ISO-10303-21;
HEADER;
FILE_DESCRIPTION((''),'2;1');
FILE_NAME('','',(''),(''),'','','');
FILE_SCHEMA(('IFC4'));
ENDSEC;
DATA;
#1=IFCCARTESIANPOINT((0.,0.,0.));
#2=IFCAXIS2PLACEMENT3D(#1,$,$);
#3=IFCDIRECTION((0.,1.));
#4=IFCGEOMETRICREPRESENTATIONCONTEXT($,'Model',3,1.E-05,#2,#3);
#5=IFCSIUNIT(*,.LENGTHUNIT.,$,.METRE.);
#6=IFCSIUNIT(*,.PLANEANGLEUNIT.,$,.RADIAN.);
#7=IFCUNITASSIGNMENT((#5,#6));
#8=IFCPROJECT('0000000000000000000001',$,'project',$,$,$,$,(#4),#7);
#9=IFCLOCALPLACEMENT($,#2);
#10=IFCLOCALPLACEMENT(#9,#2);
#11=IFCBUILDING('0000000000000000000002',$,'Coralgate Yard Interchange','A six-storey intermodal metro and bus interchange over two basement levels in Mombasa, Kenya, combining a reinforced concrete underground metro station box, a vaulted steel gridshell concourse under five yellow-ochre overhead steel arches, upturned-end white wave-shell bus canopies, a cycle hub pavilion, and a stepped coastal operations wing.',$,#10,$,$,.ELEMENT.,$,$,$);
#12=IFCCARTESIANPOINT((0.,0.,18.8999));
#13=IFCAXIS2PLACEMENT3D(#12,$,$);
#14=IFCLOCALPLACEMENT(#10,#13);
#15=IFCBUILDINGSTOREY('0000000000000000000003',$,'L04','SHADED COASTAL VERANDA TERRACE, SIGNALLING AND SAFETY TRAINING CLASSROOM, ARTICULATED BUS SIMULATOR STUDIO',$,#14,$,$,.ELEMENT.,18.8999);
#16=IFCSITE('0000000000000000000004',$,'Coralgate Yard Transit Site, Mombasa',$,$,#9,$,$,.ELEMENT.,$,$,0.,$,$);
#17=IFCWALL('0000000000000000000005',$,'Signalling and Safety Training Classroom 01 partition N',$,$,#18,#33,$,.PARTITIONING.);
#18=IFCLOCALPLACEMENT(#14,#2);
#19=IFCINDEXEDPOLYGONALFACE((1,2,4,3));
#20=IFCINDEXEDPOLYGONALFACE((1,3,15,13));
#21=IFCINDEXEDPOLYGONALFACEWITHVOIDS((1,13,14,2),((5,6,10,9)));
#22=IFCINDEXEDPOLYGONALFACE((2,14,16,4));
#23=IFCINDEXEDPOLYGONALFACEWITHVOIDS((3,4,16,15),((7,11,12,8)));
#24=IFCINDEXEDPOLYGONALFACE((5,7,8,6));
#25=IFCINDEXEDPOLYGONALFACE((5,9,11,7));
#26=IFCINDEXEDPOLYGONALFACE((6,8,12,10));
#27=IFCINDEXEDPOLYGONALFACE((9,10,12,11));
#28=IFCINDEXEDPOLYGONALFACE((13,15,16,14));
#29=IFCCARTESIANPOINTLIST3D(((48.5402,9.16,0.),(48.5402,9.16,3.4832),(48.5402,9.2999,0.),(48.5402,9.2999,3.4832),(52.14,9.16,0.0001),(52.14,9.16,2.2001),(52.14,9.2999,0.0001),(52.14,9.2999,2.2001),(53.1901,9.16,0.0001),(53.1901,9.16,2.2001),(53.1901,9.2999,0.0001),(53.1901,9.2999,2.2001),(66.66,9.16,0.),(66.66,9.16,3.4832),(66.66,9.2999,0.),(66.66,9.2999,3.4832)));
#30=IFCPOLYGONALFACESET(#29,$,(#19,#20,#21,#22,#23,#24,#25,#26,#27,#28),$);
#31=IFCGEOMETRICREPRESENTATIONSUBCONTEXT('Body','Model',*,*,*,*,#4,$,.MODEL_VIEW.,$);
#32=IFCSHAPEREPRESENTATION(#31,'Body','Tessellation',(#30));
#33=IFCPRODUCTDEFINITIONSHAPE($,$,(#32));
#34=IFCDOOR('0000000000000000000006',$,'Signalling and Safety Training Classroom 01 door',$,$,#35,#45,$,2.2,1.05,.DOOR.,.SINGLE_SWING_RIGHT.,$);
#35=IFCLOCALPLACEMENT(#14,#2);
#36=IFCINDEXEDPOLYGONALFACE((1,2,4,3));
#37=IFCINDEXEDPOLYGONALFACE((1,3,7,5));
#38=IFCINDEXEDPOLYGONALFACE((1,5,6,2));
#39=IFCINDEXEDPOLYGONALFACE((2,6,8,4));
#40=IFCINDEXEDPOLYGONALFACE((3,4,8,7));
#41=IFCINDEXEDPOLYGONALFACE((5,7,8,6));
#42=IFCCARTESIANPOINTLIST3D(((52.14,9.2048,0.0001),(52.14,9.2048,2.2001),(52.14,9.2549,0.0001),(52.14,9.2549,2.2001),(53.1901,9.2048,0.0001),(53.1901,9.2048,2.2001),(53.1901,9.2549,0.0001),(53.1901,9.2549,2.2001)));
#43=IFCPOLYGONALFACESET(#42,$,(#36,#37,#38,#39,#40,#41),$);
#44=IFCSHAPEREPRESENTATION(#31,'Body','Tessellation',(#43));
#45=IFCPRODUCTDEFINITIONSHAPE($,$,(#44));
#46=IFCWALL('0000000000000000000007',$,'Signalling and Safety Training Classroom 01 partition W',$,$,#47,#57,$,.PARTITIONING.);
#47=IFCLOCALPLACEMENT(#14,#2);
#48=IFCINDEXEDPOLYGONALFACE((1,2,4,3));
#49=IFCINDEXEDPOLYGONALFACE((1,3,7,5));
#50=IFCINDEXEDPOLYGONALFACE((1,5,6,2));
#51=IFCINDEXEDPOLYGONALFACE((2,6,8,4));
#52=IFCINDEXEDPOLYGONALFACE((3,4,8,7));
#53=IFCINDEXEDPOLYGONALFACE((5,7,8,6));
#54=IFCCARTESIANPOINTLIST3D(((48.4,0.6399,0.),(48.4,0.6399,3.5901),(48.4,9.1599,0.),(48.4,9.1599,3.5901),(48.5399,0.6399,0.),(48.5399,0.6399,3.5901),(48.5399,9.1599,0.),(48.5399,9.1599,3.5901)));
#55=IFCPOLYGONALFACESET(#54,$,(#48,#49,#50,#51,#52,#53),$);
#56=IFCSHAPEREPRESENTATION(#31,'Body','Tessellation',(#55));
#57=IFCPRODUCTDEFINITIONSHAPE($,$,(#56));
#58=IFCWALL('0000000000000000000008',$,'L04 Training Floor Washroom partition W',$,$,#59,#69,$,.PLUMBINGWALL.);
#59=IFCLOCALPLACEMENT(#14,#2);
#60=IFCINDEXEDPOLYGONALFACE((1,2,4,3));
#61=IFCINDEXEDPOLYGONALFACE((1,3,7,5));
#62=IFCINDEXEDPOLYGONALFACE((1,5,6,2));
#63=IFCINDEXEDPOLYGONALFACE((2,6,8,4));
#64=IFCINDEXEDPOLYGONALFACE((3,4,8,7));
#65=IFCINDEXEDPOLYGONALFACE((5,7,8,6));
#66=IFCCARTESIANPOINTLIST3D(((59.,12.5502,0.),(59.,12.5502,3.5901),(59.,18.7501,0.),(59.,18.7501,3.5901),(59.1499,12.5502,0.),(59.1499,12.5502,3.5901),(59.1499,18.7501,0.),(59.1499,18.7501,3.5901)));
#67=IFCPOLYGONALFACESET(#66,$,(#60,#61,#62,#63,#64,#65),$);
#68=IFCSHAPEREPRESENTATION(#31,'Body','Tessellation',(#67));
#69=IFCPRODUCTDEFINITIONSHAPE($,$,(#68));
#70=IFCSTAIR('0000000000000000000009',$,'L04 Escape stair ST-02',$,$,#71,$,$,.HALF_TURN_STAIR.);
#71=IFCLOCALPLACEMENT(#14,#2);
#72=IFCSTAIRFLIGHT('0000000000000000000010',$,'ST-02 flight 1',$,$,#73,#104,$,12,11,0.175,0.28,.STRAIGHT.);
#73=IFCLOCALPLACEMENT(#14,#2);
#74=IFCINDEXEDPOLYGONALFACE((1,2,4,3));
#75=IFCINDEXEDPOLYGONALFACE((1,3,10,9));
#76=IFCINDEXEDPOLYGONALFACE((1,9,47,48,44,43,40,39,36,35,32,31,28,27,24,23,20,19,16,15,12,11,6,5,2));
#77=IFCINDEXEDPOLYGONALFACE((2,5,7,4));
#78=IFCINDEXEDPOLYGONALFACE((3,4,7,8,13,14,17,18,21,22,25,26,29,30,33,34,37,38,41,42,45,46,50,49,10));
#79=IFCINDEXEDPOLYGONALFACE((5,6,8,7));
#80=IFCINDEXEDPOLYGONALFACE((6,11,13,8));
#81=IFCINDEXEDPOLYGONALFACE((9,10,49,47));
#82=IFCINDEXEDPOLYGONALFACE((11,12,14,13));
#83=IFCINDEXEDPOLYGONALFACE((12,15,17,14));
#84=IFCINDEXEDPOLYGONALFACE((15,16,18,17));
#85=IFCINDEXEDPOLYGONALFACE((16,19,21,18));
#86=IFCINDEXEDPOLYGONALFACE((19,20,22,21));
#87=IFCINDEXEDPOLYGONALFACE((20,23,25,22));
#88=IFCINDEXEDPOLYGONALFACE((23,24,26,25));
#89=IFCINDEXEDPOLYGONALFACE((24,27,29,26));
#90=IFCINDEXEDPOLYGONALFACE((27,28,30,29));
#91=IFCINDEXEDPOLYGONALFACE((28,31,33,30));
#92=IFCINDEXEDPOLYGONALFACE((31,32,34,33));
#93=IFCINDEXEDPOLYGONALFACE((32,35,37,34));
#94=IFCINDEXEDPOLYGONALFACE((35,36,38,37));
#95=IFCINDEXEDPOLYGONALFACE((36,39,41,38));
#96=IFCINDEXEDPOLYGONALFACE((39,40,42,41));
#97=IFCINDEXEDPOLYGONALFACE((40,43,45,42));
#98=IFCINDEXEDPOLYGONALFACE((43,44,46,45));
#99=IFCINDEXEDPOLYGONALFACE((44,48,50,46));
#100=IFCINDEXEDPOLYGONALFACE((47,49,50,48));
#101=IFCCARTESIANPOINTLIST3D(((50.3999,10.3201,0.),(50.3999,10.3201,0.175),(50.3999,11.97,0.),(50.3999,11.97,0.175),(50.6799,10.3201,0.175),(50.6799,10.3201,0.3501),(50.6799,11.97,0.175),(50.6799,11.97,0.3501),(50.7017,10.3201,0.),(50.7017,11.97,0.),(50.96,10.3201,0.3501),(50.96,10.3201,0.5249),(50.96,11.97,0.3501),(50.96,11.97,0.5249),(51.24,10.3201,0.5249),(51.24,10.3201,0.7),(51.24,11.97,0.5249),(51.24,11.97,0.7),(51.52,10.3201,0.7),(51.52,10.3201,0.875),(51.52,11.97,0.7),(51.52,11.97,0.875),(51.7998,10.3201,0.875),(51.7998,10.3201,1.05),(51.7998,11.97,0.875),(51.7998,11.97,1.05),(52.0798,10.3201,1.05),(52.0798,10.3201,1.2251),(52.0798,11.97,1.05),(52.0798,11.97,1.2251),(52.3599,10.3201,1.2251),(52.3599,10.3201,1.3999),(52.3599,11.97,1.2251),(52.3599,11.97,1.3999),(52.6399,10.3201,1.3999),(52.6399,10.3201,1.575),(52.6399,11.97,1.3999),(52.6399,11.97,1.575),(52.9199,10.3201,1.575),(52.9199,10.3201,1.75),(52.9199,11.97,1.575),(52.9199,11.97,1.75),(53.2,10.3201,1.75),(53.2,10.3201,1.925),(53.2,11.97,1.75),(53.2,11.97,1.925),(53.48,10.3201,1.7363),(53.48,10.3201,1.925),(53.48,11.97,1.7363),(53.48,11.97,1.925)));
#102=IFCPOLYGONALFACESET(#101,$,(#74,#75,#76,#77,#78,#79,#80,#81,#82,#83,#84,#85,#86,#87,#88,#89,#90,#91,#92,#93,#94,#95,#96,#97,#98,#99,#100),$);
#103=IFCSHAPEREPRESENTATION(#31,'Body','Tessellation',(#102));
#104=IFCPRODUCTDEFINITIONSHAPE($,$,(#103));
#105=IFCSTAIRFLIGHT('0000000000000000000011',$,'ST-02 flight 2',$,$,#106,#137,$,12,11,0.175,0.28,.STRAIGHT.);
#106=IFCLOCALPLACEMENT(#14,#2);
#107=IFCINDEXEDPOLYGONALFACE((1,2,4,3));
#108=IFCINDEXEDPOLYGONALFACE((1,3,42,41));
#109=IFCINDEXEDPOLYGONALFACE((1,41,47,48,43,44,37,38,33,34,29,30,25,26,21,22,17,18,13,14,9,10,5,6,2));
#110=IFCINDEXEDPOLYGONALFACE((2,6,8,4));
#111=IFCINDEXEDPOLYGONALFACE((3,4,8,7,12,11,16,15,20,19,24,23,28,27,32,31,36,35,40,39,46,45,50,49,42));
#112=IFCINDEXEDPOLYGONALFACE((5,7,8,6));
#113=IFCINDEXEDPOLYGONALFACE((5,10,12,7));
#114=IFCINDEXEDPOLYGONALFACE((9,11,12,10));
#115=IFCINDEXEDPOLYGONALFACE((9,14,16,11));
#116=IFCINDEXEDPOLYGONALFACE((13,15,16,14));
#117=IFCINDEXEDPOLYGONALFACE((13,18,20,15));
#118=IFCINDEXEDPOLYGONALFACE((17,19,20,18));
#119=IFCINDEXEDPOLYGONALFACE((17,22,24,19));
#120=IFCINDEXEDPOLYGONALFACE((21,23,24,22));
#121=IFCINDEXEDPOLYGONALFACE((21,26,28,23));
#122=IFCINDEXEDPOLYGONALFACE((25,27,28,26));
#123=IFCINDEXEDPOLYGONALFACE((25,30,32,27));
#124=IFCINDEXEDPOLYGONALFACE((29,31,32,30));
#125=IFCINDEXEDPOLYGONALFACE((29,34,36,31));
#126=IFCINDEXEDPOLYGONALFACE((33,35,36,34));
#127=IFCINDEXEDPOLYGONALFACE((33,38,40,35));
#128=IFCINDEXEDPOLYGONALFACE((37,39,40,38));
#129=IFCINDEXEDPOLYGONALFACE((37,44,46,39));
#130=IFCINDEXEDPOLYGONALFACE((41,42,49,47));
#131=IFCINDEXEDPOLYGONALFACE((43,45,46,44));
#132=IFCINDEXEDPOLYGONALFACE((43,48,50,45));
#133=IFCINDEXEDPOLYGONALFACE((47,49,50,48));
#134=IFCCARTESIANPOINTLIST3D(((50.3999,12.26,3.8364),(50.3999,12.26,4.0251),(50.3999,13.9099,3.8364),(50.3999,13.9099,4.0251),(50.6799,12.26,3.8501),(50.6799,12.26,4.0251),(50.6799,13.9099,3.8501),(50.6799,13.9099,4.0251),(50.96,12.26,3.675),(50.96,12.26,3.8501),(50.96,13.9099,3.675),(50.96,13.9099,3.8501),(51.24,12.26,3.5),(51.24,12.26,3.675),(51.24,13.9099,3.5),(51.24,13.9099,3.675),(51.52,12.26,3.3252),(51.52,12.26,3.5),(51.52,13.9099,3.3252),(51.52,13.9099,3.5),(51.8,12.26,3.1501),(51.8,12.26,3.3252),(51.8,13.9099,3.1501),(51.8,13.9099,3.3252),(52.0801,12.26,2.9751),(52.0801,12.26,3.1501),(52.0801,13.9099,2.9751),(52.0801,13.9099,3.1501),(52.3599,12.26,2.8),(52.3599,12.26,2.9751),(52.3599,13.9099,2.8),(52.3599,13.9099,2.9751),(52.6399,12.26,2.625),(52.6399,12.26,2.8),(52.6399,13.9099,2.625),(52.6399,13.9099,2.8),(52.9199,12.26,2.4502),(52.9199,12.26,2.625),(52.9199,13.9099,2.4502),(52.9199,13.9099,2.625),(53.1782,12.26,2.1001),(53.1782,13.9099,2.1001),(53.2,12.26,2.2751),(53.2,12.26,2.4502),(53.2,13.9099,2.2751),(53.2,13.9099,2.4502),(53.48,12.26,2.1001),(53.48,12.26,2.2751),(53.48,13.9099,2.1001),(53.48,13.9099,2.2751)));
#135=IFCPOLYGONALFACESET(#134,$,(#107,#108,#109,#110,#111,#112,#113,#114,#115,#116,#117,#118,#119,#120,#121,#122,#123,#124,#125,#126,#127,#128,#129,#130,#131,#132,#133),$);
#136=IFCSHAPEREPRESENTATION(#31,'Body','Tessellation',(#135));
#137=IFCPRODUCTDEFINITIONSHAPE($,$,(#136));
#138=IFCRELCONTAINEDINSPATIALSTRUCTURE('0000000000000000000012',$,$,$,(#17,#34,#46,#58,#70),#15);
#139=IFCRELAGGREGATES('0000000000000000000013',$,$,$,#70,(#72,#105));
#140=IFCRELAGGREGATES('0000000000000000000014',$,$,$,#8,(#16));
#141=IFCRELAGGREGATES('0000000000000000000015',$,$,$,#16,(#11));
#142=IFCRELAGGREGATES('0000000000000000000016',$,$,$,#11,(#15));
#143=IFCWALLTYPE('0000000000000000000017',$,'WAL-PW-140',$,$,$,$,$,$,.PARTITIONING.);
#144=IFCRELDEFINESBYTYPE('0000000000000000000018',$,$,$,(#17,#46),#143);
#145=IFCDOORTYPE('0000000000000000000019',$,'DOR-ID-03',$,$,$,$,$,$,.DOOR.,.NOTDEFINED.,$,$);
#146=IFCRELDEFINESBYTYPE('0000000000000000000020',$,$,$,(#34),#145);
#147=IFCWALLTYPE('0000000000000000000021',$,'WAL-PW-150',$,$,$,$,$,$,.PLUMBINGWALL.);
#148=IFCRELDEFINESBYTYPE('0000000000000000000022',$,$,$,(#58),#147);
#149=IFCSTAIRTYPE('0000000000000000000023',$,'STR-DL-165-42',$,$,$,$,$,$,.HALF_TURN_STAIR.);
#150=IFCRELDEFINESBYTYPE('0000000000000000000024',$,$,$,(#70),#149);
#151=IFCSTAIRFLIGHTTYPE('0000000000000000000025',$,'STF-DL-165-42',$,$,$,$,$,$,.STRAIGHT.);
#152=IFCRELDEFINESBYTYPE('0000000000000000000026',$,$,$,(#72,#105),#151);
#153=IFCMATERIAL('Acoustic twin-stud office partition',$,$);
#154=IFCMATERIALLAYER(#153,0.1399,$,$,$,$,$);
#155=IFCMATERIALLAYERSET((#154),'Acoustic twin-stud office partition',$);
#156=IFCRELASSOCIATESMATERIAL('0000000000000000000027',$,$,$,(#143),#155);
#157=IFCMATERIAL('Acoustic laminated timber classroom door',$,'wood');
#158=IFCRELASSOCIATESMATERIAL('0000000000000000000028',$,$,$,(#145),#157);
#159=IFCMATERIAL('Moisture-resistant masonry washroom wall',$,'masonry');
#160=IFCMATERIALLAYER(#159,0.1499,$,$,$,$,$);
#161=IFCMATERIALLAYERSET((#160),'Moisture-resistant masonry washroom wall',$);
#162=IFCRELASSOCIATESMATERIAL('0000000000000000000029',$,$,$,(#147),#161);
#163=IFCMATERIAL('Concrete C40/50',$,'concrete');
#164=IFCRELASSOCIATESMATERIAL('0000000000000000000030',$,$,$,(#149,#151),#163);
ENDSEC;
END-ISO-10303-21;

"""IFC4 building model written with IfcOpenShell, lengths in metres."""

from ifc_helpers import new_model, si_unit, direction, frame, frame_2d, origin, place, context, subcontext, project, spatial, polyline, rectangle, outline, extrude, material, layer, layer_set, type_object, element, fill, aggregate, save


model = new_model("IFC4")

# Units and contexts
model_context = context("Model", 3, precision=1e-05, world=origin(), true_north=direction((0.0, 1.0)))
body_context = subcontext(model_context, "Body", "Model", "MODEL_VIEW")
ifc_project = project(units=[si_unit("LENGTHUNIT", "METRE"), si_unit("PLANEANGLEUNIT", "RADIAN")], contexts=[model_context])

# Site, building, storey
site_placement = place(None, origin())
site = spatial("IfcSite", under=ifc_project, at=site_placement, Name="Coralgate Yard Transit Site, Mombasa", CompositionType="ELEMENT", RefElevation=0.0)
building_placement = place(site_placement, origin())
building = spatial("IfcBuilding", under=site, at=building_placement, Name="Coralgate Yard Interchange", Description="A six-storey intermodal metro and bus interchange over two basement levels in Mombasa, Kenya, combining a reinforced concrete underground metro station box, a vaulted steel gridshell concourse under five yellow-ochre overhead steel arches, upturned-end white wave-shell bus canopies, a cycle hub pavilion, and a stepped coastal operations wing.", CompositionType="ELEMENT")
storey_placement = place(building_placement, frame((0.0, 0.0, 18.8999)))
storey = spatial("IfcBuildingStorey", under=building, at=storey_placement, Name="L04", Description="SHADED COASTAL VERANDA TERRACE, SIGNALLING AND SAFETY TRAINING CLASSROOM, ARTICULATED BUS SIMULATOR STUDIO", CompositionType="ELEMENT", Elevation=18.8999)

# Shared definitions
ifc_material_1 = material(Name="Concrete C40/50", Category="concrete")

# Wall, opening, door
ifc_material_2 = material(Name="Acoustic twin-stud office partition")
ifc_layer_1 = layer(ifc_material_2, 0.1399)
ifc_layer_set_1 = layer_set([ifc_layer_1], Name="Acoustic twin-stud office partition")
wall_type_1 = type_object("IfcWallType", Name="WAL-PW-140", PredefinedType="PARTITIONING", material=ifc_layer_set_1)
wall_1_placement = place(storey_placement, frame((48.54, 9.23, 0.0), z_axis=(0.0, 0.0, 1.0), x_axis=(1.0, 0.0, 0.0)))
wall_1 = element("IfcWall", 1, at=wall_1_placement, inside=storey, type_object=wall_type_1, Name="Signalling and Safety Training Classroom 01 partition N", PredefinedType="PARTITIONING", context=body_context, shape_type="SweptSolid", body=[
    extrude(rectangle(XDim=18.1199, YDim=0.1399, at=frame_2d((9.0601, 0.0))), origin(), (0.0, 0.0, 1.0), 3.4832),
])
opening_placement = place(wall_1_placement, frame((3.6001, 0.0, 0.0)))
opening = element("IfcOpeningElement", 2, at=opening_placement, cuts=wall_1, PredefinedType="OPENING", context=body_context, shape_type="SweptSolid", body=[
    extrude(rectangle(XDim=1.05, YDim=2.2, at=frame_2d((0.5249, 1.1001))), frame((0.0, 0.0798, 0.0), z_axis=(0.0, -1.0, 0.0), x_axis=(1.0, 0.0, 0.0)), (0.0, 0.0, 1.0), 0.1599),
])
ifc_material_3 = material(Name="Acoustic laminated timber classroom door", Category="wood")
door_type = type_object("IfcDoorType", Name="DOR-ID-03", OperationType="NOTDEFINED", PredefinedType="DOOR", material=ifc_material_3)
door_placement = place(opening_placement, origin())
door = element("IfcDoor", 3, at=door_placement, inside=storey, type_object=door_type, Name="Signalling and Safety Training Classroom 01 door", OperationType="SINGLE_SWING_RIGHT", OverallHeight=2.2, OverallWidth=1.05, PredefinedType="DOOR", context=body_context, shape_type="SweptSolid", body=[
    extrude(rectangle(XDim=1.05, YDim=2.2, at=frame_2d((0.5249, 1.1001))), frame((0.0, 0.0249, 0.0), z_axis=(0.0, -1.0, 0.0), x_axis=(1.0, 0.0, 0.0)), (0.0, 0.0, 1.0), 0.05),
])
fill(opening, door)

# Walls
wall_2_placement = place(storey_placement, frame((48.47, 0.6399, 0.0), z_axis=(0.0, 0.0, 1.0), x_axis=(0.0, 1.0, 0.0)))
element("IfcWall", 4, at=wall_2_placement, inside=storey, type_object=wall_type_1, Name="Signalling and Safety Training Classroom 01 partition W", PredefinedType="PARTITIONING", context=body_context, shape_type="SweptSolid", body=[
    extrude(rectangle(XDim=8.52, YDim=0.1399, at=frame_2d((4.26, 0.0))), origin(), (0.0, 0.0, 1.0), 3.5901),
])
ifc_material_4 = material(Name="Moisture-resistant masonry washroom wall", Category="masonry")
ifc_layer_2 = layer(ifc_material_4, 0.1499)
ifc_layer_set_2 = layer_set([ifc_layer_2], Name="Moisture-resistant masonry washroom wall")
wall_type_2 = type_object("IfcWallType", Name="WAL-PW-150", PredefinedType="PLUMBINGWALL", material=ifc_layer_set_2)
wall_3_placement = place(storey_placement, frame((59.075, 12.55, 0.0), z_axis=(0.0, 0.0, 1.0), x_axis=(0.0, 1.0, 0.0)))
element("IfcWall", 5, at=wall_3_placement, inside=storey, type_object=wall_type_2, Name="L04 Training Floor Washroom partition W", PredefinedType="PLUMBINGWALL", context=body_context, shape_type="SweptSolid", body=[
    extrude(rectangle(XDim=6.2, YDim=0.1499, at=frame_2d((3.1001, 0.0))), origin(), (0.0, 0.0, 1.0), 3.5901),
])

# Stair, stair flights
stair_type = type_object("IfcStairType", Name="STR-DL-165-42", PredefinedType="HALF_TURN_STAIR", material=ifc_material_1)
stair_placement = place(storey_placement, origin())
stair = element("IfcStair", 6, at=stair_placement, inside=storey, type_object=stair_type, Name="L04 Escape stair ST-02", PredefinedType="HALF_TURN_STAIR")
stair_flight_type = type_object("IfcStairFlightType", Name="STF-DL-165-42", PredefinedType="STRAIGHT", material=ifc_material_1)
stair_flight_1_placement = place(storey_placement, frame((50.3999, 11.145, 0.0), z_axis=(0.0, 0.0, 1.0), x_axis=(1.0, 0.0, 0.0)))
stair_flight_1 = element("IfcStairFlight", 7, at=stair_flight_1_placement, type_object=stair_flight_type, Name="ST-02 flight 1", NumberOfRisers=12, NumberOfTreads=11, PredefinedType="STRAIGHT", RiserHeight=0.175, TreadLength=0.28, context=body_context, shape_type="SweptSolid", body=[
    extrude(outline(polyline([(0.0, 0.0), (0.0, 0.175), (0.28, 0.175), (0.28, 0.3501), (0.5601, 0.3501), (0.5601, 0.5249), (0.8401, 0.5249), (0.8401, 0.7), (1.1201, 0.7), (1.1201, 0.875), (1.3999, 0.875), (1.3999, 1.05), (1.6799, 1.05), (1.6799, 1.2251), (1.96, 1.2251), (1.96, 1.3999), (2.24, 1.3999), (2.24, 1.575), (2.52, 1.575), (2.52, 1.75), (2.8, 1.75), (2.8, 1.925), (3.0801, 1.925), (3.0801, 2.1001), (3.0801, 1.7363), (0.3018, 0.0), (0.0, 0.0)])), frame((0.0, 0.825, 0.0), z_axis=(0.0, -1.0, 0.0), x_axis=(1.0, 0.0, 0.0)), (0.0, 0.0, 1.0), 1.6499),
])
stair_flight_2_placement = place(storey_placement, frame((53.48, 13.085, 2.1001), z_axis=(0.0, 0.0, 1.0), x_axis=(-1.0, 0.0, 0.0)))
stair_flight_2 = element("IfcStairFlight", 8, at=stair_flight_2_placement, type_object=stair_flight_type, Name="ST-02 flight 2", NumberOfRisers=12, NumberOfTreads=11, PredefinedType="STRAIGHT", RiserHeight=0.175, TreadLength=0.28, context=body_context, shape_type="SweptSolid", body=[
    extrude(outline(polyline([(0.0, 0.0), (0.0, 0.175), (0.28, 0.175), (0.28, 0.3501), (0.5601, 0.3501), (0.5601, 0.5249), (0.8401, 0.5249), (0.8401, 0.7), (1.1201, 0.7), (1.1201, 0.875), (1.3999, 0.875), (1.3999, 1.05), (1.6799, 1.05), (1.6799, 1.2251), (1.96, 1.2251), (1.96, 1.3999), (2.24, 1.3999), (2.24, 1.575), (2.52, 1.575), (2.52, 1.75), (2.8, 1.75), (2.8, 1.925), (3.0801, 1.925), (3.0801, 2.1001), (3.0801, 1.7363), (0.3018, 0.0), (0.0, 0.0)])), frame((0.0, 0.825, 0.0), z_axis=(0.0, -1.0, 0.0), x_axis=(1.0, 0.0, 0.0)), (0.0, 0.0, 1.0), 1.6499),
])
aggregate(stair, [stair_flight_1, stair_flight_2])

save(model, "model.ifc")
